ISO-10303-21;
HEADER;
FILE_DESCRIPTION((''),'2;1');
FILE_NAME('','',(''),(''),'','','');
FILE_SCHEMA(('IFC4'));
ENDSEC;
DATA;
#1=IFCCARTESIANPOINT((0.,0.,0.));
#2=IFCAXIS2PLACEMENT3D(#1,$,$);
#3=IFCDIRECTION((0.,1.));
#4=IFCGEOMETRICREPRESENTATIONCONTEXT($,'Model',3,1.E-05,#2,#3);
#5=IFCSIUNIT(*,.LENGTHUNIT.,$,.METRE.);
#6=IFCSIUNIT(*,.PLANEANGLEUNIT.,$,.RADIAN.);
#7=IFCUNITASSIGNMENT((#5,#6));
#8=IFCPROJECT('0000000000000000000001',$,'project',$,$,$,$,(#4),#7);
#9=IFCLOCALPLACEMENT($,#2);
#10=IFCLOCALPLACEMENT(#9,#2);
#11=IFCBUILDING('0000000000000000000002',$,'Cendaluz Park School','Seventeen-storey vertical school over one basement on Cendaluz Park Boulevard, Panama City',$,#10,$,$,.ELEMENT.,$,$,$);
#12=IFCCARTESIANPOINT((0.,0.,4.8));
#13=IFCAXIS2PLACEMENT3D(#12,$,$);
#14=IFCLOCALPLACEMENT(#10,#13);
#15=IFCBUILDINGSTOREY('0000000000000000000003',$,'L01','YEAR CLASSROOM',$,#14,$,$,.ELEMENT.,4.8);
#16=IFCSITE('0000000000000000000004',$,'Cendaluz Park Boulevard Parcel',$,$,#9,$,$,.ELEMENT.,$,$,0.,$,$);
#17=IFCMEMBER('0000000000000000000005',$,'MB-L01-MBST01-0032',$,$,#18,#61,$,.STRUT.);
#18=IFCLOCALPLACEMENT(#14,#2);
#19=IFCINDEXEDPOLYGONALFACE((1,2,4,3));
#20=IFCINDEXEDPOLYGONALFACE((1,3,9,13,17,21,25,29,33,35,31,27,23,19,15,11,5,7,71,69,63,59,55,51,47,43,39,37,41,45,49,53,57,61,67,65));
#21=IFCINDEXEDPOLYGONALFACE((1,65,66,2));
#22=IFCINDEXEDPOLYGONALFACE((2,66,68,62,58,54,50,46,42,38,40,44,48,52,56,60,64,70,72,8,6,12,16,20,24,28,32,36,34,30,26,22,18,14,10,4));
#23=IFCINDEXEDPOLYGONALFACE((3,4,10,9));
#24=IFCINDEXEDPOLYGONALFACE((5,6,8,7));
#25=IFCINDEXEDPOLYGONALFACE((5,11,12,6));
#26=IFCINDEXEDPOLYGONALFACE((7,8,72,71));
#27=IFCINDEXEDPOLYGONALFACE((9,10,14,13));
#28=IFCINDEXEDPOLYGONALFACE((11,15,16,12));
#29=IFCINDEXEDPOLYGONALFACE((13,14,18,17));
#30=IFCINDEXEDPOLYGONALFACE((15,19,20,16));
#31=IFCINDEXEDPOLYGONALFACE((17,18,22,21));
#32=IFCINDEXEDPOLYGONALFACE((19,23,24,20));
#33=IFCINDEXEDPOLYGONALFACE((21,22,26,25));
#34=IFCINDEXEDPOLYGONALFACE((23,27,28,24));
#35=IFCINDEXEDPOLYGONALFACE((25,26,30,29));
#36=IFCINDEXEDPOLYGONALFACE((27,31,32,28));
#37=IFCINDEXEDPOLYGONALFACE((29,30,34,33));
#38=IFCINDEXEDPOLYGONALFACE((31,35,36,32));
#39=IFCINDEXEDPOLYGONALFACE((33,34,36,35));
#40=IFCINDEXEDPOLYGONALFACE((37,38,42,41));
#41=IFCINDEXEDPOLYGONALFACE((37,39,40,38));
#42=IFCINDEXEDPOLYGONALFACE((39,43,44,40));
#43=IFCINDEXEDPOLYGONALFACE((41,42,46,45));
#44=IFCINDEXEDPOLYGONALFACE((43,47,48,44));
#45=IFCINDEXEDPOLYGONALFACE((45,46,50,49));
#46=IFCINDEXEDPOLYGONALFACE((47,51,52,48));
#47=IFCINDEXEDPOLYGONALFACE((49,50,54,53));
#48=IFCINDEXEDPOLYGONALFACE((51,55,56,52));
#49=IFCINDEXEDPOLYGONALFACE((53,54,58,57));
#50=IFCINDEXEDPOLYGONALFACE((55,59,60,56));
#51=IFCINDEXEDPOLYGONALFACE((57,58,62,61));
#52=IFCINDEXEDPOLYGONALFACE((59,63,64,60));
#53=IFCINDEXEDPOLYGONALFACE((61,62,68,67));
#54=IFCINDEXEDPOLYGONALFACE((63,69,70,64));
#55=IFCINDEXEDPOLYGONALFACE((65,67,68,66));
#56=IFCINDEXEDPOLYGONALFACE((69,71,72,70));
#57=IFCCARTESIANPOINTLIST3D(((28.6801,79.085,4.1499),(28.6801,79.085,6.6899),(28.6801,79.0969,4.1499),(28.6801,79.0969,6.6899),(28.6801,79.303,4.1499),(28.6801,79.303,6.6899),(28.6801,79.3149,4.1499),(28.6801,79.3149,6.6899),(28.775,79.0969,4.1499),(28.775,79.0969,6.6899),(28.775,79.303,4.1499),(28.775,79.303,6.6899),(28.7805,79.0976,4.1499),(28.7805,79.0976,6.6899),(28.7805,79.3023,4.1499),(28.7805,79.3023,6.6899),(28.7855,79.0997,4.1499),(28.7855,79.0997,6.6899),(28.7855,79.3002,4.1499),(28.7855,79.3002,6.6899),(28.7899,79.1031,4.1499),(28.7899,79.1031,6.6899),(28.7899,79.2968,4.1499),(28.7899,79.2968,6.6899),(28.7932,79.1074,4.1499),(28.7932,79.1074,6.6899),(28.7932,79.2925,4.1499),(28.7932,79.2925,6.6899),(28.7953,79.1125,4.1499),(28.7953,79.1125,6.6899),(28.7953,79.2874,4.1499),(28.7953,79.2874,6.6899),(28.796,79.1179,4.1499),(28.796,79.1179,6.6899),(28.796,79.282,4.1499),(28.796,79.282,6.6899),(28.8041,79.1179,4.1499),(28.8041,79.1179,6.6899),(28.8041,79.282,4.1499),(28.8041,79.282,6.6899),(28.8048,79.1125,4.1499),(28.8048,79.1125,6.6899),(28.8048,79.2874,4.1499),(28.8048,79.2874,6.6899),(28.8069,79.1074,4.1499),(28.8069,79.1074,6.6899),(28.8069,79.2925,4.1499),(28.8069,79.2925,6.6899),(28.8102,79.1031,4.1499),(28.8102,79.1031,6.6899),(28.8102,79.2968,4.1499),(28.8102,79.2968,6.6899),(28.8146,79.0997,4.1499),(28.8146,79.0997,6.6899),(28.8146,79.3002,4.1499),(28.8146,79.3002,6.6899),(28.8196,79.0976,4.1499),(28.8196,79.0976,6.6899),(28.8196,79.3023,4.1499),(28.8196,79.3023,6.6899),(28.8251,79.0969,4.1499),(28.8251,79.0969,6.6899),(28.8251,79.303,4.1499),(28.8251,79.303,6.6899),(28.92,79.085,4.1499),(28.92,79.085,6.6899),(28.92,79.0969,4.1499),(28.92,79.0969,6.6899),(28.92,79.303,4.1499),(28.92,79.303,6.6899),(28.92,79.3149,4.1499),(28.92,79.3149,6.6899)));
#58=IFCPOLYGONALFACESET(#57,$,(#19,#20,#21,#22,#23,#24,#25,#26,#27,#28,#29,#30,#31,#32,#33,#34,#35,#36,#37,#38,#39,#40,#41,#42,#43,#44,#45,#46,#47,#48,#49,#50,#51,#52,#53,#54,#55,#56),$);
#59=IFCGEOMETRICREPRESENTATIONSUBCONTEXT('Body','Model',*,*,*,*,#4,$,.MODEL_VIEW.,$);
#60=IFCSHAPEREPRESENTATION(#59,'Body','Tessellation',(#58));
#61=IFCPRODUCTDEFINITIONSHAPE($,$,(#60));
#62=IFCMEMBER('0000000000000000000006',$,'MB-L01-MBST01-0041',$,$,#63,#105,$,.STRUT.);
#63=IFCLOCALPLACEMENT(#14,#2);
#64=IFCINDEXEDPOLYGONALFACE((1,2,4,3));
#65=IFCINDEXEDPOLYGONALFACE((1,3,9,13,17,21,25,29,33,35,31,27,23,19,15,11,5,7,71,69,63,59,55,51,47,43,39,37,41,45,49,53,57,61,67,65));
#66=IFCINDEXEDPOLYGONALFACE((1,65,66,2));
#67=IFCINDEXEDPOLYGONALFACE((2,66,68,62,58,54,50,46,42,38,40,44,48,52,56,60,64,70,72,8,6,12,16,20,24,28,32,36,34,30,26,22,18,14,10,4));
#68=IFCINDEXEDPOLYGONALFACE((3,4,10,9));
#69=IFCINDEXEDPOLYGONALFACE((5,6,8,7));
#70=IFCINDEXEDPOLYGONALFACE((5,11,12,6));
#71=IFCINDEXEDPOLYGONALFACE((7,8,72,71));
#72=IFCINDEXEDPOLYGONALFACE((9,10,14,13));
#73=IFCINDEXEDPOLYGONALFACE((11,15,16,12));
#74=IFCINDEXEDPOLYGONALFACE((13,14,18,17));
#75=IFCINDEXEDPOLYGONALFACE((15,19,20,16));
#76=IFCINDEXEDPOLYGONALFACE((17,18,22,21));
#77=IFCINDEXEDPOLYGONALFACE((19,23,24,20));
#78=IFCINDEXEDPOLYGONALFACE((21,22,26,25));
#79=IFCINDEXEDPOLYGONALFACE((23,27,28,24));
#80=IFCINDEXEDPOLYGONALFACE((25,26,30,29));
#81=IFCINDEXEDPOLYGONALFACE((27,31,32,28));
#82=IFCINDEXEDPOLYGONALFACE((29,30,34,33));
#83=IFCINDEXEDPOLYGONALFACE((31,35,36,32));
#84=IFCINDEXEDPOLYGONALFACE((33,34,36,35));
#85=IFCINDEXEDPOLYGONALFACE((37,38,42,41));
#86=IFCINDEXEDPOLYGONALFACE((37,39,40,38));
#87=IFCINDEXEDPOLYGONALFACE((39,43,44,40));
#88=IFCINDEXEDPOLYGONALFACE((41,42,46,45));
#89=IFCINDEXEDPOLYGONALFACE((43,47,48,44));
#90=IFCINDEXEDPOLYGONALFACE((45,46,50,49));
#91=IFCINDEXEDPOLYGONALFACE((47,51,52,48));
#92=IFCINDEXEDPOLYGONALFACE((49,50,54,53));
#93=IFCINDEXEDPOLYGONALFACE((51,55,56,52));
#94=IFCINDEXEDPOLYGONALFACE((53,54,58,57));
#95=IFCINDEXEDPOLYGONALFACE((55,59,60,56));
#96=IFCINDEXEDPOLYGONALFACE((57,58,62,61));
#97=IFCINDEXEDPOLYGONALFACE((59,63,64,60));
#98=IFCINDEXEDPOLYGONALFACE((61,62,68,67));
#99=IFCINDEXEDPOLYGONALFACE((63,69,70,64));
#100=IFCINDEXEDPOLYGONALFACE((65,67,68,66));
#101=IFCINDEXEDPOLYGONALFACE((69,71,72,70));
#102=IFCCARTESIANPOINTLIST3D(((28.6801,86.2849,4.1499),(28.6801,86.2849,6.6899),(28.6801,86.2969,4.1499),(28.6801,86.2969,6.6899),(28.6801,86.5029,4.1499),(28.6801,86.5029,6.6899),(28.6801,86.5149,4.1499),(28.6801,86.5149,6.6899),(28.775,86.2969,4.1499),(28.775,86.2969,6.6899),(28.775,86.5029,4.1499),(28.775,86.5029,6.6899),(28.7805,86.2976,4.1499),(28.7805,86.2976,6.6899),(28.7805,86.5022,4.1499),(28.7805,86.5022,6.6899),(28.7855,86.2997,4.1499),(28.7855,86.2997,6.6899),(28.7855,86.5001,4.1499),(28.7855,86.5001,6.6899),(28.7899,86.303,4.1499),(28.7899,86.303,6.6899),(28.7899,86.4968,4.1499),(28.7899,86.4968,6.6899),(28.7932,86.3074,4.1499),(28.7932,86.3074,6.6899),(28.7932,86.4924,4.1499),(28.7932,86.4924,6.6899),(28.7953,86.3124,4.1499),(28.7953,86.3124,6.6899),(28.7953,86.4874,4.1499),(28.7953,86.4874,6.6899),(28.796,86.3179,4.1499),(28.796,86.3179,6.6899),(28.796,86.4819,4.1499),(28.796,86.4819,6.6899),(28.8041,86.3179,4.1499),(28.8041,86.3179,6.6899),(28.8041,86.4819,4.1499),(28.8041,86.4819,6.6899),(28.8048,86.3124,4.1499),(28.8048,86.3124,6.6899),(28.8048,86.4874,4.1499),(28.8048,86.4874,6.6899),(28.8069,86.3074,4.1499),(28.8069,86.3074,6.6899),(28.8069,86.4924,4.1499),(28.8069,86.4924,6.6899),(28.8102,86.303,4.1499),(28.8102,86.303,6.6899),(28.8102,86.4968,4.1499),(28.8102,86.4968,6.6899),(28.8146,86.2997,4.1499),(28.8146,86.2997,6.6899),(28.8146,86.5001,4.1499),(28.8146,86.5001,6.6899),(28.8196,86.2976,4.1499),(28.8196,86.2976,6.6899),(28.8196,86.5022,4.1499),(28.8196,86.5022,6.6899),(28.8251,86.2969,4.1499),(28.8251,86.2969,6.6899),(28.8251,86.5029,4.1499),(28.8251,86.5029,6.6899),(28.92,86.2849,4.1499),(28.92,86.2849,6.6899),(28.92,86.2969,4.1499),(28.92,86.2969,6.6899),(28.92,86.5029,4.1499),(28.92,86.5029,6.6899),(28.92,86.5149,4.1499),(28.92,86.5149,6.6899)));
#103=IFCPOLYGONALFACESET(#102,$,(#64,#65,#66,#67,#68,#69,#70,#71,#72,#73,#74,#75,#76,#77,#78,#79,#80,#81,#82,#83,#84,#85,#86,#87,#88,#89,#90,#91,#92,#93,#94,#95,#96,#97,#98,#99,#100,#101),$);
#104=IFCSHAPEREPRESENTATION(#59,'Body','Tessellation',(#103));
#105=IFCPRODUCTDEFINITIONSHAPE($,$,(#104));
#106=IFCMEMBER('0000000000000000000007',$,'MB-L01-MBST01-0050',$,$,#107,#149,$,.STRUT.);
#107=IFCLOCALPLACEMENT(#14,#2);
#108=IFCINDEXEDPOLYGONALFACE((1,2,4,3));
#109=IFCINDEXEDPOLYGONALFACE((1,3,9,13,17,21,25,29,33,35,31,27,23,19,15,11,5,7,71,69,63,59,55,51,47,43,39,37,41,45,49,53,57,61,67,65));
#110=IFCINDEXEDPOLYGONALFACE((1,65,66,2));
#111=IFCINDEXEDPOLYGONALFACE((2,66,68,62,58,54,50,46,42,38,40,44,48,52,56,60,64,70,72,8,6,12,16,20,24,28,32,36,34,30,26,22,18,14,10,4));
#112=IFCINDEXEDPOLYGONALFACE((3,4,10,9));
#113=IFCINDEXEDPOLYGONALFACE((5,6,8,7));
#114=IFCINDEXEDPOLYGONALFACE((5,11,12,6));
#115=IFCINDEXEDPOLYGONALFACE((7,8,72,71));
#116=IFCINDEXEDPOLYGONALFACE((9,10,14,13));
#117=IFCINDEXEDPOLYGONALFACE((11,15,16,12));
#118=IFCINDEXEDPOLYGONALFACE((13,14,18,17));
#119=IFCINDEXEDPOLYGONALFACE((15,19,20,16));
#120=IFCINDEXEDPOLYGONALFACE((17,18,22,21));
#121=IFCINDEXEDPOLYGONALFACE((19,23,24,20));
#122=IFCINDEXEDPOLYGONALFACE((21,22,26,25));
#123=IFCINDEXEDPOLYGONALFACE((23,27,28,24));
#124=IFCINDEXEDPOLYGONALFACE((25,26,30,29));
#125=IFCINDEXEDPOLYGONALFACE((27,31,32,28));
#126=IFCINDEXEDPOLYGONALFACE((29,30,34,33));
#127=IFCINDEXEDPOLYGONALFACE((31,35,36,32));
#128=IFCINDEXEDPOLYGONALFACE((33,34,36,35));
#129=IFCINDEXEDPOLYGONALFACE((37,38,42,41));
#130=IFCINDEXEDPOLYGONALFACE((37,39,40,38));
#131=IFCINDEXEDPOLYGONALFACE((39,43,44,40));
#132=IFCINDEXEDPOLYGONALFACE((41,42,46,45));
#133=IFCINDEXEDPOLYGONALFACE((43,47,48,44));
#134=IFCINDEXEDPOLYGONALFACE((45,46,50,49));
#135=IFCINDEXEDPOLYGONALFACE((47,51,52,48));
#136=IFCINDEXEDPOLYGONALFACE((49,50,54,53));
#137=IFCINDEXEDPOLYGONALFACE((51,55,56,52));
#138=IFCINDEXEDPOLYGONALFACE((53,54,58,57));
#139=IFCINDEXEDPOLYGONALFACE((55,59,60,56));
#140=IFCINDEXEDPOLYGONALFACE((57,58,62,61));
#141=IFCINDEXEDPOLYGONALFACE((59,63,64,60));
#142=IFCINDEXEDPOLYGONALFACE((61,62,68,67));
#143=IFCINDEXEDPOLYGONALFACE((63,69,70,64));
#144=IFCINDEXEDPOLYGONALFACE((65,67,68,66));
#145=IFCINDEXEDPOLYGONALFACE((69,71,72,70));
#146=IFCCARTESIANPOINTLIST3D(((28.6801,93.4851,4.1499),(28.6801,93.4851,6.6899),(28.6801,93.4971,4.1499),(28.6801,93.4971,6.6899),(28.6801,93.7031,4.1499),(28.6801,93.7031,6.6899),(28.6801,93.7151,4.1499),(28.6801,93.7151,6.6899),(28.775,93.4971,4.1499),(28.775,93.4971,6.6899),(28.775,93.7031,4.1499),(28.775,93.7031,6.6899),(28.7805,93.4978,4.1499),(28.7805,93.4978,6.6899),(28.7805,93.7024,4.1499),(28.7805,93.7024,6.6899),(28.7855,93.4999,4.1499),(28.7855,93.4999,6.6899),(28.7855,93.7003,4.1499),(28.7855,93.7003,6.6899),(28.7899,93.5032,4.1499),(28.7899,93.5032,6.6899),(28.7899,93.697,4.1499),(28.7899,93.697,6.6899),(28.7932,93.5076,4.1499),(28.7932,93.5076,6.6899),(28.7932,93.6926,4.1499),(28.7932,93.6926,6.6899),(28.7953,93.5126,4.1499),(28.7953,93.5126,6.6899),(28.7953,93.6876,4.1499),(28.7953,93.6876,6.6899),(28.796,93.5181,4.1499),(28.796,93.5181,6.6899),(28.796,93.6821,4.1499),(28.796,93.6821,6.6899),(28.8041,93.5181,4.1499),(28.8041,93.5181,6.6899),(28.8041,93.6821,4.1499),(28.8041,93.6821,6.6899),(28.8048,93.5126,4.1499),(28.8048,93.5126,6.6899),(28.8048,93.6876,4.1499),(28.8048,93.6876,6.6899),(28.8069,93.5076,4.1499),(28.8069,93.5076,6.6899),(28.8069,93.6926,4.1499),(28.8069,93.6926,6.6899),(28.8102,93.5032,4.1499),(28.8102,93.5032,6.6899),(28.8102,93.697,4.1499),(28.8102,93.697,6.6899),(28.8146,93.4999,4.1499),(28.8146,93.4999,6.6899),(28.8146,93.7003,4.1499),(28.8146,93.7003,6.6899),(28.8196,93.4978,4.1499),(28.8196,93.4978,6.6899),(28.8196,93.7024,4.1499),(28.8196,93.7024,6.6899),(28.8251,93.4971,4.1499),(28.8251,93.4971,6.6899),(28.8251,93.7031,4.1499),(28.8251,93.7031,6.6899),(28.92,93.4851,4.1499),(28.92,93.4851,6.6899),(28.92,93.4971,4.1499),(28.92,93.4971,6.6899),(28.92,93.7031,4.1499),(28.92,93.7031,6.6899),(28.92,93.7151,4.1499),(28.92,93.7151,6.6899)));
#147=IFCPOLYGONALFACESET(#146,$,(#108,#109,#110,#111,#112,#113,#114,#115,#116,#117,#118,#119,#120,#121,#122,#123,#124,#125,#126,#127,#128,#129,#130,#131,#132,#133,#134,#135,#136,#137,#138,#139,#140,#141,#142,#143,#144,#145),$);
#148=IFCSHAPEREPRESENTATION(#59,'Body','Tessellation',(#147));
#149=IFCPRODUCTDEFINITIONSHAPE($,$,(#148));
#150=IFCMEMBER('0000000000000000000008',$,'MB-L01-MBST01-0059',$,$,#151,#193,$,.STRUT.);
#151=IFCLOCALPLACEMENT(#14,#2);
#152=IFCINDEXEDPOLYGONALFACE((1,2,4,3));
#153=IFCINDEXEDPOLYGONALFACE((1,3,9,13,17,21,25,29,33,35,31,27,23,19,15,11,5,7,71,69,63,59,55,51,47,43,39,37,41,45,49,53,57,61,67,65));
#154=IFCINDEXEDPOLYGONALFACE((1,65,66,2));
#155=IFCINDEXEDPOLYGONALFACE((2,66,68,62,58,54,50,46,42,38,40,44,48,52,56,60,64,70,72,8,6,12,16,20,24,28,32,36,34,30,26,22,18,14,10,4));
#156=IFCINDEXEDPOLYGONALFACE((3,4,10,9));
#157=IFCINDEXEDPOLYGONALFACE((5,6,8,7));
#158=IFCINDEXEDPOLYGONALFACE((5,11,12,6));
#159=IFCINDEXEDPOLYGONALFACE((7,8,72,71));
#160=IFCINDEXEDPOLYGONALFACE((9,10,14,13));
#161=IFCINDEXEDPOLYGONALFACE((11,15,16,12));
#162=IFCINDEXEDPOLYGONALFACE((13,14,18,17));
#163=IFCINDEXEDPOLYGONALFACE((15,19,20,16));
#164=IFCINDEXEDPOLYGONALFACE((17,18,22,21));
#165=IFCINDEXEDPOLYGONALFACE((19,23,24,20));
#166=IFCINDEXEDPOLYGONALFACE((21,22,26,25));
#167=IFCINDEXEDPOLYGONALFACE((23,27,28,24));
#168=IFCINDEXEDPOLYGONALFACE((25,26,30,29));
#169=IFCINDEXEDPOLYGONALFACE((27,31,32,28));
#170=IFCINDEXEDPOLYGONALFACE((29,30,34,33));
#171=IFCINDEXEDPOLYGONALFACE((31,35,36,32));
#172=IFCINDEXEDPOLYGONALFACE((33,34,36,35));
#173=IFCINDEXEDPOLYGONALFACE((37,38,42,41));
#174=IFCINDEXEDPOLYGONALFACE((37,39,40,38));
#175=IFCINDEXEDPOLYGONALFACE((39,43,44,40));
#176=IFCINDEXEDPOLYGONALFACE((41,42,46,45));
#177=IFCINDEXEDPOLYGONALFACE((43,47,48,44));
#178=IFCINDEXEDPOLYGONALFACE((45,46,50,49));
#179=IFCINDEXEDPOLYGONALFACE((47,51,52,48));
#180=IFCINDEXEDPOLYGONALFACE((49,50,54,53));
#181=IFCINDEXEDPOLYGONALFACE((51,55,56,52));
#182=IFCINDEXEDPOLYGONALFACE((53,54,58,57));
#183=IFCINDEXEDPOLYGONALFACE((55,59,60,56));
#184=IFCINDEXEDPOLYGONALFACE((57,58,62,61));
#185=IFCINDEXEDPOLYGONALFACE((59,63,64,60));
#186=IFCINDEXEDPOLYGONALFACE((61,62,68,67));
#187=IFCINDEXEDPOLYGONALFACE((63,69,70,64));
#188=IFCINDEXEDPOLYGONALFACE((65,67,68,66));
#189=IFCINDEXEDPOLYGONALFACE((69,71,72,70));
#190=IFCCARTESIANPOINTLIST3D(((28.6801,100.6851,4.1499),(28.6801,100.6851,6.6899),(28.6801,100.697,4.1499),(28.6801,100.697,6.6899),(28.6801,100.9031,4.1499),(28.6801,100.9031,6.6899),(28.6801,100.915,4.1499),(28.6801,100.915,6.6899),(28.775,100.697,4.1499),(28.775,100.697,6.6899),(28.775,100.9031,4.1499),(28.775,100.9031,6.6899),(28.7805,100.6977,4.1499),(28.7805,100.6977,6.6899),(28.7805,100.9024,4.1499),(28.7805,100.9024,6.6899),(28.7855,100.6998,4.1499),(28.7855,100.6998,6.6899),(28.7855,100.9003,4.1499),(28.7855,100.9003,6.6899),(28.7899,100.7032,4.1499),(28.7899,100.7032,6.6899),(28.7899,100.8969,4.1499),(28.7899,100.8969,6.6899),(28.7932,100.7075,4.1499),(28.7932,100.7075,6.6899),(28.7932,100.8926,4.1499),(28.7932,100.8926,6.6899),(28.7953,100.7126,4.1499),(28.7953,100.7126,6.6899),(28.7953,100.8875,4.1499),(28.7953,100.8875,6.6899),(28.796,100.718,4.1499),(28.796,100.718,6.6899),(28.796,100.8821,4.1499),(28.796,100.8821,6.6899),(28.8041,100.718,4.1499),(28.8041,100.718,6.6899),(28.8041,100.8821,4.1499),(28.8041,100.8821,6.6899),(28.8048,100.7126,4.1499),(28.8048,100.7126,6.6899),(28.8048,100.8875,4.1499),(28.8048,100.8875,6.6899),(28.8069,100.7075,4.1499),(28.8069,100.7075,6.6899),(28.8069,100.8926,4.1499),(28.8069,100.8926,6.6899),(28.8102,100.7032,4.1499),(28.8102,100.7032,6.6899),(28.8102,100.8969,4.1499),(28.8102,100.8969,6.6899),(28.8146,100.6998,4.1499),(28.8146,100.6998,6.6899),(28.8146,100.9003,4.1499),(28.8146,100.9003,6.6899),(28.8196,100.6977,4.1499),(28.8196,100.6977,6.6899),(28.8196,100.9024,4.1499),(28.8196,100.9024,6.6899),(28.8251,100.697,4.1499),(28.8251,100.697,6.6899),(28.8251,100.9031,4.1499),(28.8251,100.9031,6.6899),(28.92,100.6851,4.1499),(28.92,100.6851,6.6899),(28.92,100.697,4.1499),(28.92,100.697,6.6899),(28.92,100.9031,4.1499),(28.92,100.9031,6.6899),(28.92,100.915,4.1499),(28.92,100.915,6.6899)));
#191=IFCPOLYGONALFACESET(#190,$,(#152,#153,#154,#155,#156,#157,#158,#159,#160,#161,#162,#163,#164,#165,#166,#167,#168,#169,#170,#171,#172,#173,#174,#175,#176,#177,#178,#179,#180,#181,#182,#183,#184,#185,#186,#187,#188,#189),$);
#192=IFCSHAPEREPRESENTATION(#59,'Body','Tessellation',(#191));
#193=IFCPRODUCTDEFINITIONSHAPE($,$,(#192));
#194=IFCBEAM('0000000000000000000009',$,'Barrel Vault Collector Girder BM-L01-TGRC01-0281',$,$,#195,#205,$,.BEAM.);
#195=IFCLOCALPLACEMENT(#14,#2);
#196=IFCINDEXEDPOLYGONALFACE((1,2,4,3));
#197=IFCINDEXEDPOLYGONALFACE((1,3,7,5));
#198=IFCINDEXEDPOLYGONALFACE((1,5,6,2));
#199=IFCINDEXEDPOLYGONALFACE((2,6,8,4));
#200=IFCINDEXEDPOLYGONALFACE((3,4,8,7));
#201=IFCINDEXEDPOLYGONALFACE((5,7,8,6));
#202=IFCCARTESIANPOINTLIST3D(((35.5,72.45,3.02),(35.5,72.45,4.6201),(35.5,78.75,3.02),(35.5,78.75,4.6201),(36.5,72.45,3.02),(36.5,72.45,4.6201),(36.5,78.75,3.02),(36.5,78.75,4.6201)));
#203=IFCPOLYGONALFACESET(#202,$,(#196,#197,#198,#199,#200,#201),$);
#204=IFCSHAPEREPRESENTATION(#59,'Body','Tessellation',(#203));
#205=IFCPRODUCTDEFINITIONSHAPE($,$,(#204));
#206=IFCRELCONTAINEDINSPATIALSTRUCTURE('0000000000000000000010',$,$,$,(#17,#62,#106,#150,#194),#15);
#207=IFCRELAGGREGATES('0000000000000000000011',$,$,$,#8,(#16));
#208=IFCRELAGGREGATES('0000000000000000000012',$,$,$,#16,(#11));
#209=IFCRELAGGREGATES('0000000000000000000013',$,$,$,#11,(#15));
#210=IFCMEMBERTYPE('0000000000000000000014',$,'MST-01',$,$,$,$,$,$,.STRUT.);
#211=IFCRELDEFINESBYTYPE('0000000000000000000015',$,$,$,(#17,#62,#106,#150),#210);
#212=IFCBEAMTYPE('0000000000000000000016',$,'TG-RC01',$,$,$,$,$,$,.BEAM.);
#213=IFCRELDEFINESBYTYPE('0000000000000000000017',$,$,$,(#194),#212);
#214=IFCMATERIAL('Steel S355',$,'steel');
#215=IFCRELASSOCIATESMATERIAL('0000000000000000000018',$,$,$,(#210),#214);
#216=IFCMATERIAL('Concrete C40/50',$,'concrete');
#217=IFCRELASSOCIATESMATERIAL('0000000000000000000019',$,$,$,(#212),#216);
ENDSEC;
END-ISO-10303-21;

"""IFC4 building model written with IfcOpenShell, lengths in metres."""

from ifc_helpers import new_model, si_unit, direction, frame, origin, origin_2d, place, context, subcontext, project, spatial, rectangle, i_section, extrude, material, material_profile, profile_set, type_object, element, save


model = new_model("IFC4")

# Units and contexts
model_context = context("Model", 3, precision=1e-05, world=origin(), true_north=direction((0.0, 1.0)))
body_context = subcontext(model_context, "Body", "Model", "MODEL_VIEW")
ifc_project = project(units=[si_unit("LENGTHUNIT", "METRE"), si_unit("PLANEANGLEUNIT", "RADIAN")], contexts=[model_context])

# Site, building, storey
site_placement = place(None, origin())
site = spatial("IfcSite", under=ifc_project, at=site_placement, Name="Cendaluz Park Boulevard Parcel", CompositionType="ELEMENT", RefElevation=0.0)
building_placement = place(site_placement, origin())
building = spatial("IfcBuilding", under=site, at=building_placement, Name="Cendaluz Park School", Description="Seventeen-storey vertical school over one basement on Cendaluz Park Boulevard, Panama City", CompositionType="ELEMENT")
storey_placement = place(building_placement, frame((0.0, 0.0, 4.8)))
storey = spatial("IfcBuildingStorey", under=building, at=storey_placement, Name="L01", Description="YEAR CLASSROOM", CompositionType="ELEMENT", Elevation=4.8)

# Shared definitions
ifc_material_1 = material(Name="Concrete C40/50", Category="concrete")

# Members
ifc_material_2 = material(Name="Steel S355", Category="steel")
ifc_material_profile_1 = material_profile(ifc_material_2, i_section(OverallWidth=0.24, OverallDepth=0.23, WebThickness=0.0081, FlangeThickness=0.012, FilletRadius=0.021, at=origin_2d()), Name="HEA 240", Category="steel")
ifc_profile_set_1 = profile_set([ifc_material_profile_1], Name="Steel S355")
member_type_1 = type_object("IfcMemberType", Name="MST-01", PredefinedType="STRUT", material=ifc_profile_set_1)
for number, where, z_axis, x_axis, name in (
    (1, (28.8, 79.2, 4.1499), (0.0, 0.0, 1.0), (1.0, 0.0, 0.0), "MB-L01-MBST01-0032"),
    (2, (28.8, 86.3999, 4.1499), (0.0, 0.0, 1.0), (1.0, 0.0, 0.0), "MB-L01-MBST01-0041"),
    (3, (28.8, 93.6001, 4.1499), (0.0, 0.0, 1.0), (1.0, 0.0, 0.0), "MB-L01-MBST01-0050"),
    (4, (28.8, 100.8, 4.1499), (0.0, 0.0, 1.0), (1.0, 0.0, 0.0), "MB-L01-MBST01-0059"),
):
    element("IfcMember", number, at=place(storey_placement, frame(where, z_axis=z_axis, x_axis=x_axis)), inside=storey, type_object=member_type_1, Name=name, PredefinedType="STRUT", context=body_context, shape_type="SweptSolid", body=[
        extrude(i_section(OverallWidth=0.24, OverallDepth=0.23, WebThickness=0.0081, FlangeThickness=0.012, FilletRadius=0.021, at=origin_2d()), origin(), (0.0, 0.0, 1.0), 2.54),
    ])

# Beam
ifc_material_profile_2 = material_profile(ifc_material_1, rectangle(XDim=1.0, YDim=1.6001, at=origin_2d()), Name="RC 1000x1600", Category="concrete")
ifc_profile_set_2 = profile_set([ifc_material_profile_2], Name="Concrete C40/50")
beam_type_1 = type_object("IfcBeamType", Name="TG-RC01", PredefinedType="BEAM", material=ifc_profile_set_2)
for number, where, z_axis, x_axis, name in (
    (5, (36.0, 72.45, 3.8201), (0.0, 1.0, 0.0), (-1.0, 0.0, 0.0), "Barrel Vault Collector Girder BM-L01-TGRC01-0281"),
):
    element("IfcBeam", number, at=place(storey_placement, frame(where, z_axis=z_axis, x_axis=x_axis)), inside=storey, type_object=beam_type_1, Name=name, PredefinedType="BEAM", context=body_context, shape_type="SweptSolid", body=[
        extrude(rectangle(XDim=1.0, YDim=1.6001, at=origin_2d()), origin(), (0.0, 0.0, 1.0), 6.3),
    ])

save(model, "model.ifc")
